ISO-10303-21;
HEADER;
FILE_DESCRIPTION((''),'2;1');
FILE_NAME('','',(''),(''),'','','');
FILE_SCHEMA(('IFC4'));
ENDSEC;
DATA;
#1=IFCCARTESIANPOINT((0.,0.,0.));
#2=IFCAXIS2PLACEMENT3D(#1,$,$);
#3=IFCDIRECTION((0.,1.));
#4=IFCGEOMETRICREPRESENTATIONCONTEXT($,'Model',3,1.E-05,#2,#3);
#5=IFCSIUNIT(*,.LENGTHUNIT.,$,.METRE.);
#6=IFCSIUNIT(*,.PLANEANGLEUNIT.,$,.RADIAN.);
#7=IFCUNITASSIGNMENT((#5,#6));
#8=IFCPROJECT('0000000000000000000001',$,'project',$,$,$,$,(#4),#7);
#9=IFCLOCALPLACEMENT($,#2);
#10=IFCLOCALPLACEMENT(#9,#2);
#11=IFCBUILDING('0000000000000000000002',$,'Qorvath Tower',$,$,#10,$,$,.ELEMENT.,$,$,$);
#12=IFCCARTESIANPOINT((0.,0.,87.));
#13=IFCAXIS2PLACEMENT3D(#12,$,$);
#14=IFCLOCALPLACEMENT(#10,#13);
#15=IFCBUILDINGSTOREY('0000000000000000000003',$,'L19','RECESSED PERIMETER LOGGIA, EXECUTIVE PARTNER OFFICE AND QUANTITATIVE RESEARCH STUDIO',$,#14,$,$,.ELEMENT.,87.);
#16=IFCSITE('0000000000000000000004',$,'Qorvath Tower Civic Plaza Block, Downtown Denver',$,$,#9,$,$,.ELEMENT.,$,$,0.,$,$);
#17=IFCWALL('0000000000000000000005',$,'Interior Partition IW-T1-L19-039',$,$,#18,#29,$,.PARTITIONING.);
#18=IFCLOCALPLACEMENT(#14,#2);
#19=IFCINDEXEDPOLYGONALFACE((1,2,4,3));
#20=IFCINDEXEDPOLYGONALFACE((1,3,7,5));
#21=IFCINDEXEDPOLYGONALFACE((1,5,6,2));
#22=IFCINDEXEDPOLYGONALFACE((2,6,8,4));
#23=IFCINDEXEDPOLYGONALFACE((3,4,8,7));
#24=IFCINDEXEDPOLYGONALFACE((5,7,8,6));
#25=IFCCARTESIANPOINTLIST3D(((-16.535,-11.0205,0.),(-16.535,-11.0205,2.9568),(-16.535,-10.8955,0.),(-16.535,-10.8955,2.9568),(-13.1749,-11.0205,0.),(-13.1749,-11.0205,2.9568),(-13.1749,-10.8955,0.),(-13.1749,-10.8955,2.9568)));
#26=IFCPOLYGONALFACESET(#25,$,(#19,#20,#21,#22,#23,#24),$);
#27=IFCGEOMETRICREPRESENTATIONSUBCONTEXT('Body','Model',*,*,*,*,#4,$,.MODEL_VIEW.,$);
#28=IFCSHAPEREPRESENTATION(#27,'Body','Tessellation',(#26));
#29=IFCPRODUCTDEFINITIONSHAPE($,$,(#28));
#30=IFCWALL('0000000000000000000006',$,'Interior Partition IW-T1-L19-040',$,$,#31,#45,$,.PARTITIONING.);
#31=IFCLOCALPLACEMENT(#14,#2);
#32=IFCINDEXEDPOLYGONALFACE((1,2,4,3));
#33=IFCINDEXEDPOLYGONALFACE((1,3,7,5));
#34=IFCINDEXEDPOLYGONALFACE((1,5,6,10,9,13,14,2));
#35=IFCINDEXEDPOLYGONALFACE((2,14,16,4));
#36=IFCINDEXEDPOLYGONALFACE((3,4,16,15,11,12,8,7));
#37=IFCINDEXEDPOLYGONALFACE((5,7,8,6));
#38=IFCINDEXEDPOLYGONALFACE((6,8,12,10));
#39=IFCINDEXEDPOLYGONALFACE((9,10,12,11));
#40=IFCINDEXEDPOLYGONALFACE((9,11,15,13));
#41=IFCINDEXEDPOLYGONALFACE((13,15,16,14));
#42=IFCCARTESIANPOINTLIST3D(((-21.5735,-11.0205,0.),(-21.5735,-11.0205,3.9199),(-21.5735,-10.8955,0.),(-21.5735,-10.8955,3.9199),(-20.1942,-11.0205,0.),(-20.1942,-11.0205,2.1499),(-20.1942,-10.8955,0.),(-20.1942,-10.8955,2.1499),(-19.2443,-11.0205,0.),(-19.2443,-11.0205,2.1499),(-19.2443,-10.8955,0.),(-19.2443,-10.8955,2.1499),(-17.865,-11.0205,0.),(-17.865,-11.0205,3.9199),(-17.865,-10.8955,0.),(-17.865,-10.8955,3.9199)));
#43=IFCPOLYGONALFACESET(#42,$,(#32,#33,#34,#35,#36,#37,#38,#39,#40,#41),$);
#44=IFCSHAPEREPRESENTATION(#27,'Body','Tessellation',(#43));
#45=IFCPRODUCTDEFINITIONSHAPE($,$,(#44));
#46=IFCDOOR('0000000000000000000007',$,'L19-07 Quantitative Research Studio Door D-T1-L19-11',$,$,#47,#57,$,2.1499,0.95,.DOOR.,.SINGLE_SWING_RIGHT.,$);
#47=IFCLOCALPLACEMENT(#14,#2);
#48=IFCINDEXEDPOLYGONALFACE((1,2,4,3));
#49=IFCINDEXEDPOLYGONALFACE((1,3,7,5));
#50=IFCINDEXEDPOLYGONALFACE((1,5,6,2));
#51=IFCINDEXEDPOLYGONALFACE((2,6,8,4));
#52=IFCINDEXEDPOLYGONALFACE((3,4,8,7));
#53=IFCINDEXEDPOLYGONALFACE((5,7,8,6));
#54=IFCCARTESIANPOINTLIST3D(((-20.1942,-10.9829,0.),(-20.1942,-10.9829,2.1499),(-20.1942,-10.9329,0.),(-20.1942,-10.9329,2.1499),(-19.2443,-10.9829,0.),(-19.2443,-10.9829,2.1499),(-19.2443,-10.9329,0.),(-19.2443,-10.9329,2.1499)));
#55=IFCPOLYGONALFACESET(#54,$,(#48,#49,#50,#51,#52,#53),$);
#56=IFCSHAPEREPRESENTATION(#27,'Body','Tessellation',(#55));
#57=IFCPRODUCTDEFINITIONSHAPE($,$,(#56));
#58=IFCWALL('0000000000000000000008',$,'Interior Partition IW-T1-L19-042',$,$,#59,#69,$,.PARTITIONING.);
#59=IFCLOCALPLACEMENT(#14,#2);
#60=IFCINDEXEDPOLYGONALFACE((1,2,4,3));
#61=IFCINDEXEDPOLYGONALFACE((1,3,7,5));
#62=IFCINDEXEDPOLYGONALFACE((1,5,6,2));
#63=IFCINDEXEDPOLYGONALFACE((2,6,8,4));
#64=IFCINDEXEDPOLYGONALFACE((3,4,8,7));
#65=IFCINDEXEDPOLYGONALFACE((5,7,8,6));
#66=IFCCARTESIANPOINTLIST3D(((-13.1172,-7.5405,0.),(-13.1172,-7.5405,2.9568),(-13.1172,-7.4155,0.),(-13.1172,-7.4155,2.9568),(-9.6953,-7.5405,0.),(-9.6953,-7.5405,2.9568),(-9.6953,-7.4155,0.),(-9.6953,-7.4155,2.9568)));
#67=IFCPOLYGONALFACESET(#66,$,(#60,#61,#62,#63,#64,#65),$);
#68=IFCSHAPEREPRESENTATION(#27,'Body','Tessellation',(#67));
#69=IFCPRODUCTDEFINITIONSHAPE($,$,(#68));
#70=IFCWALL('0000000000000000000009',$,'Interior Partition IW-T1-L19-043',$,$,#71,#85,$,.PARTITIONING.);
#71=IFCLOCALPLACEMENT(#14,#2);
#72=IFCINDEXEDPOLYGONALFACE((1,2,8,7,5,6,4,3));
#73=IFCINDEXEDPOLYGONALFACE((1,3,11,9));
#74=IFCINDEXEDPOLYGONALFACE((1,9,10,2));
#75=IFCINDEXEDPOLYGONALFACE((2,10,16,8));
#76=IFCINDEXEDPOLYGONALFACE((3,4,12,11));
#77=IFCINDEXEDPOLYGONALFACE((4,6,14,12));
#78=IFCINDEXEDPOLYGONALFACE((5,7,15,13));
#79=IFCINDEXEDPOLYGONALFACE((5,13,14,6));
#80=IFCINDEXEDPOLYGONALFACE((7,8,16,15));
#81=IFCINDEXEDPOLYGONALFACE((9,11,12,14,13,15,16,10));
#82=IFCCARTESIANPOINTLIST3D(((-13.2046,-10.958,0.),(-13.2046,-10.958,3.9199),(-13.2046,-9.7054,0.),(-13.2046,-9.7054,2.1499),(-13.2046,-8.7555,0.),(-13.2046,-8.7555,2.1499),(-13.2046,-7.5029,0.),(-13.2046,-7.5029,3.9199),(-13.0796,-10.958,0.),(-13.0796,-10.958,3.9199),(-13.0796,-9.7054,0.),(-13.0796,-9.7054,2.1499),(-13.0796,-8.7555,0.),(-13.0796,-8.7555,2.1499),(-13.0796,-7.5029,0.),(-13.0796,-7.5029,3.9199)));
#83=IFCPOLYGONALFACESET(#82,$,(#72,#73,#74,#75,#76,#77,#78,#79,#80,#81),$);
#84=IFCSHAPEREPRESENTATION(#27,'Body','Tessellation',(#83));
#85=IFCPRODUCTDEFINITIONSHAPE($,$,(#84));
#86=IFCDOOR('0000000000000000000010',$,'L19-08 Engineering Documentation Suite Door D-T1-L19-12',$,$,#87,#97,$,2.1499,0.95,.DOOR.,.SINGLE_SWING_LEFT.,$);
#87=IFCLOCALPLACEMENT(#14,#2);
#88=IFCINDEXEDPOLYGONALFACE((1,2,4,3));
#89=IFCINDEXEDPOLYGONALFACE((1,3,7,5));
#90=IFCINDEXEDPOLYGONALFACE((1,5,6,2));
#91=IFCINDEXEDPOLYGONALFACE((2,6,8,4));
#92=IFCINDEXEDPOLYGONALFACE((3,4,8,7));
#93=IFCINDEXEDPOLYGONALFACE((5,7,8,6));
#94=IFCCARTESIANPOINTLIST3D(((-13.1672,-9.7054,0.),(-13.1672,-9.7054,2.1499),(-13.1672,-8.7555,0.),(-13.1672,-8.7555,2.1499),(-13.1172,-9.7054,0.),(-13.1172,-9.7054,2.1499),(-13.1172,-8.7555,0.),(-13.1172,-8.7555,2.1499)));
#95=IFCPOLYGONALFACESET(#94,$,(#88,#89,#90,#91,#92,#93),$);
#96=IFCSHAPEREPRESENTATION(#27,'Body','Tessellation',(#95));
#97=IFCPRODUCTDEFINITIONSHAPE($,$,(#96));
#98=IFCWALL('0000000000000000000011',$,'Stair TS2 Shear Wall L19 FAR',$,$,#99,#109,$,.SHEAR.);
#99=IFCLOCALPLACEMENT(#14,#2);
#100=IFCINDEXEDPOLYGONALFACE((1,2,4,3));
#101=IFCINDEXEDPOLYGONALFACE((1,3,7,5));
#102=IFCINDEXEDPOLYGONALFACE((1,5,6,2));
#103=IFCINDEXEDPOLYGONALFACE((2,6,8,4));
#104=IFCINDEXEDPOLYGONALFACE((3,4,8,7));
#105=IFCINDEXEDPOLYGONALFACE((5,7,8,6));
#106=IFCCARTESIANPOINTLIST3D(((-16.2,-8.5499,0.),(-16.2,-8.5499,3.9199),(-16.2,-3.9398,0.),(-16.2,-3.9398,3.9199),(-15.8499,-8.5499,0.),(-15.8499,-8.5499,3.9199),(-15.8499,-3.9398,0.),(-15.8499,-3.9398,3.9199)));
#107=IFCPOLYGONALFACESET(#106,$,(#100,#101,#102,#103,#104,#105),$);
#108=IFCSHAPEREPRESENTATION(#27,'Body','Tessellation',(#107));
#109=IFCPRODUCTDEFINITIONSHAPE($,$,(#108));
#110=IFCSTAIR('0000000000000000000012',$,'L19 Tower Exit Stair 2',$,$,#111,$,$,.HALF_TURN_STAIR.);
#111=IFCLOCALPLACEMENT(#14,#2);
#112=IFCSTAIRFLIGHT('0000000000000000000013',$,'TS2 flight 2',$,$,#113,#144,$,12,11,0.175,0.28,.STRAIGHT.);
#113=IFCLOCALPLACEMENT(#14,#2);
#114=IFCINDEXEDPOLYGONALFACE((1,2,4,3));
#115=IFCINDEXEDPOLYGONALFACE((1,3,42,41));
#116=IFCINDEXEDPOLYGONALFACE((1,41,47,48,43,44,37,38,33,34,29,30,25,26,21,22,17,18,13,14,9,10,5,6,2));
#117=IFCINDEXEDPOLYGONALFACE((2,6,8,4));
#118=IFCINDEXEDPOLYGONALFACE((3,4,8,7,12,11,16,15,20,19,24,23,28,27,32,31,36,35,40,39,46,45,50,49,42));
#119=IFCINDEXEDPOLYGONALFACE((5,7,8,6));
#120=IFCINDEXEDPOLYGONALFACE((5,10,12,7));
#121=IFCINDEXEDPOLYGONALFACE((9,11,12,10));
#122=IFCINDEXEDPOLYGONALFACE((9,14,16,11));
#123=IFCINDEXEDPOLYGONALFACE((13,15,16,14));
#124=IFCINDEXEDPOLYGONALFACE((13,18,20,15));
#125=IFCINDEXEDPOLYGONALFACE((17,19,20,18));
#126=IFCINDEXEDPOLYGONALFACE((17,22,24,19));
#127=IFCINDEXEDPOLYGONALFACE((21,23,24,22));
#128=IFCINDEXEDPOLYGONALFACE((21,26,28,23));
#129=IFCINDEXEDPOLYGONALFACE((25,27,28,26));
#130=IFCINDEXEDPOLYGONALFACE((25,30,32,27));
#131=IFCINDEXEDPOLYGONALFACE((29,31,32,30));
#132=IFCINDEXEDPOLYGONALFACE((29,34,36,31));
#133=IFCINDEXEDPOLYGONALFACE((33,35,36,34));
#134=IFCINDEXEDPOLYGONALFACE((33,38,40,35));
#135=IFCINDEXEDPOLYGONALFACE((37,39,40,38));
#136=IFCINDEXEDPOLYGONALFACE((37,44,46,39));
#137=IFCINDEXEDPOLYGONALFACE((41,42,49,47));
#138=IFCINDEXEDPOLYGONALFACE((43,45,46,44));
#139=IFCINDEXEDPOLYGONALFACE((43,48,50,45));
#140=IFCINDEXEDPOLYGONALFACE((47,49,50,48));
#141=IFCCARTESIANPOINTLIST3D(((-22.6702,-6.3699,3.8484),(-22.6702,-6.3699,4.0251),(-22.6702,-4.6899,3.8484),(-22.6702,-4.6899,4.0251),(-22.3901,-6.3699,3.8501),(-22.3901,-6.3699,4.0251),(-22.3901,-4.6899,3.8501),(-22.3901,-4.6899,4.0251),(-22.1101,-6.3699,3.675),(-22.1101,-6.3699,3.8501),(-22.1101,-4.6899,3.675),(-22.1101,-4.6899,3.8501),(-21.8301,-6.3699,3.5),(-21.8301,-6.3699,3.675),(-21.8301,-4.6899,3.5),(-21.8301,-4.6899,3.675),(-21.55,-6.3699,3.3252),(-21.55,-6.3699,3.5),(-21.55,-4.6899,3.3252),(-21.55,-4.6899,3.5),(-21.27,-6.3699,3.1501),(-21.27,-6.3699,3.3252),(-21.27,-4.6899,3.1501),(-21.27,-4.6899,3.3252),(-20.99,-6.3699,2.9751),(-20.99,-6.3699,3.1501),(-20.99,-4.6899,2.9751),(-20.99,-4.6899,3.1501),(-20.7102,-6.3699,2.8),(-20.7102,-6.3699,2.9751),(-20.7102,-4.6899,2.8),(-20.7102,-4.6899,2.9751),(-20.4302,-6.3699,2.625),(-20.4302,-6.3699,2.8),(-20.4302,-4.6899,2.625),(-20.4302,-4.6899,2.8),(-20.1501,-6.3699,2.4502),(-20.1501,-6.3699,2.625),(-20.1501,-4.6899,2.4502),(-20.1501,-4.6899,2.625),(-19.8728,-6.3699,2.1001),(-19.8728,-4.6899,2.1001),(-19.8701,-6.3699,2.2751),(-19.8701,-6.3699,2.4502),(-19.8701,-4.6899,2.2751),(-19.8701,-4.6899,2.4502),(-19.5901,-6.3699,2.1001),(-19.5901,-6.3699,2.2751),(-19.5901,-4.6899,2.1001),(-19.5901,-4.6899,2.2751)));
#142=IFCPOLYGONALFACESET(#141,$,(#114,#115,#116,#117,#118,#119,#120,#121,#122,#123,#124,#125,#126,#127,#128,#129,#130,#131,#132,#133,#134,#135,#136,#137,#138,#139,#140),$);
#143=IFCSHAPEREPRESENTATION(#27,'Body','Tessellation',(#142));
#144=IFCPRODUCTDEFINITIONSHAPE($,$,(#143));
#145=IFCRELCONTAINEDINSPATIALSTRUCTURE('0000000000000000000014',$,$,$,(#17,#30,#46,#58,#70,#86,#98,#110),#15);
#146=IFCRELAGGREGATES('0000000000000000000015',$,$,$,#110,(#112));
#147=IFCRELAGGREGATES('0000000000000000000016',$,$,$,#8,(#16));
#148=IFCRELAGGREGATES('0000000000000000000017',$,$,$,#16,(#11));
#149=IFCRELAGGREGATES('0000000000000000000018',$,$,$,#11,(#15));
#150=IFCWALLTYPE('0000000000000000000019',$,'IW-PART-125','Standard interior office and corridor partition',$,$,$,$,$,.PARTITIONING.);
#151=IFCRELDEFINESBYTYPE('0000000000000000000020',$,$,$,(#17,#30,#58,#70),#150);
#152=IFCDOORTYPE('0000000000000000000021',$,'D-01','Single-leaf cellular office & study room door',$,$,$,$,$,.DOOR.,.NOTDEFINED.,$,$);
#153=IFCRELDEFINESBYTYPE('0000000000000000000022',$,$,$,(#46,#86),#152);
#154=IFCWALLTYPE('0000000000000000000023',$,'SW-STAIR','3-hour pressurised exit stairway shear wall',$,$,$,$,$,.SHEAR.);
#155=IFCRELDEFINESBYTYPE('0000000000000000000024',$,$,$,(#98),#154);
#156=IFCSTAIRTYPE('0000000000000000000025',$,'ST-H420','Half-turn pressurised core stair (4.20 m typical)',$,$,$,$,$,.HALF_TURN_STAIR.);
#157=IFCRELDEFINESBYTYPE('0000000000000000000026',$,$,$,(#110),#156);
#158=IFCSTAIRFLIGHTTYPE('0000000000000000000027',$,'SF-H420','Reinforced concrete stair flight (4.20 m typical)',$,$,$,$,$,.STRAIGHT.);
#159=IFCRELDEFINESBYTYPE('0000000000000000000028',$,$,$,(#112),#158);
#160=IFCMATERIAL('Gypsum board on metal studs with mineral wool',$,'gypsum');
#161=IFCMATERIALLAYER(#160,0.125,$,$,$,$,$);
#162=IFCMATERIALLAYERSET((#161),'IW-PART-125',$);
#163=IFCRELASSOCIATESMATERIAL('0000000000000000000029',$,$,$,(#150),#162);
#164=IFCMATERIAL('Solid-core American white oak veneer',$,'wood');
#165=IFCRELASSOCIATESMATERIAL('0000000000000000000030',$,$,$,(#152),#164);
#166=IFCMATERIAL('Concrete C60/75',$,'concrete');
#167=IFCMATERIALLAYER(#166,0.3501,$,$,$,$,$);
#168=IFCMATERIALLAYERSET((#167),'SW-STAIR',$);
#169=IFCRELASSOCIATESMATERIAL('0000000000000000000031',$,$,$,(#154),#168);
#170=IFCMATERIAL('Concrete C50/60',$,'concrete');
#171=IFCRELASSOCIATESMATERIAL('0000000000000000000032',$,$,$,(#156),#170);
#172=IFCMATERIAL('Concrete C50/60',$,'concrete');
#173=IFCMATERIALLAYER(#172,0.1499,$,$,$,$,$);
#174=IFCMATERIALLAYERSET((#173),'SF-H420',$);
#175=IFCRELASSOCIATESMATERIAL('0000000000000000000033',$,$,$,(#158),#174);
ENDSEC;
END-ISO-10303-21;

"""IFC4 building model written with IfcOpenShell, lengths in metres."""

from ifc_helpers import new_model, si_unit, direction, frame, frame_2d, origin, place, context, subcontext, project, spatial, polyline, rectangle, outline, extrude, material, layer, layer_set, type_object, element, fill, aggregate, save


model = new_model("IFC4")

# Units and contexts
model_context = context("Model", 3, precision=1e-05, world=origin(), true_north=direction((0.0, 1.0)))
body_context = subcontext(model_context, "Body", "Model", "MODEL_VIEW")
ifc_project = project(units=[si_unit("LENGTHUNIT", "METRE"), si_unit("PLANEANGLEUNIT", "RADIAN")], contexts=[model_context])

# Site, building, storey
site_placement = place(None, origin())
site = spatial("IfcSite", under=ifc_project, at=site_placement, Name="Qorvath Tower Civic Plaza Block, Downtown Denver", CompositionType="ELEMENT", RefElevation=0.0)
building_placement = place(site_placement, origin())
building = spatial("IfcBuilding", under=site, at=building_placement, Name="Qorvath Tower", CompositionType="ELEMENT")
storey_placement = place(building_placement, frame((0.0, 0.0, 87.0)))
storey = spatial("IfcBuildingStorey", under=building, at=storey_placement, Name="L19", Description="RECESSED PERIMETER LOGGIA, EXECUTIVE PARTNER OFFICE AND QUANTITATIVE RESEARCH STUDIO", CompositionType="ELEMENT", Elevation=87.0)

# Wall
ifc_material_1 = material(Name="Gypsum board on metal studs with mineral wool", Category="gypsum")
ifc_layer_1 = layer(ifc_material_1, 0.125)
ifc_layer_set_1 = layer_set([ifc_layer_1], Name="IW-PART-125")
wall_type_1 = type_object("IfcWallType", Name="IW-PART-125", Description="Standard interior office and corridor partition", PredefinedType="PARTITIONING", material=ifc_layer_set_1)
wall_1_placement = place(storey_placement, frame((-13.1748, -10.958, 0.0), z_axis=(0.0, 0.0, 1.0), x_axis=(-1.0, 0.0, 0.0)))
element("IfcWall", 1, at=wall_1_placement, inside=storey, type_object=wall_type_1, Name="Interior Partition IW-T1-L19-039", PredefinedType="PARTITIONING", context=body_context, shape_type="SweptSolid", body=[
    extrude(rectangle(XDim=3.3601, YDim=0.125, at=frame_2d((1.6802, 0.0))), origin(), (0.0, 0.0, 1.0), 2.9568),
])

# Wall, opening, door
wall_2_placement = place(storey_placement, frame((-17.865, -10.958, 0.0), z_axis=(0.0, 0.0, 1.0), x_axis=(-1.0, 0.0, 0.0)))
wall_2 = element("IfcWall", 2, at=wall_2_placement, inside=storey, type_object=wall_type_1, Name="Interior Partition IW-T1-L19-040", PredefinedType="PARTITIONING", context=body_context, shape_type="SweptSolid", body=[
    extrude(rectangle(XDim=3.7085, YDim=0.125, at=frame_2d((1.8542, 0.0))), origin(), (0.0, 0.0, 1.0), 3.9199),
])
opening_1_placement = place(wall_2_placement, frame((1.3792, 0.0, 0.0)))
opening_1 = element("IfcOpeningElement", 3, at=opening_1_placement, cuts=wall_2, PredefinedType="OPENING", context=body_context, shape_type="SweptSolid", body=[
    extrude(rectangle(XDim=0.95, YDim=2.1499, at=frame_2d((0.4751, 1.075))), frame((0.0, 0.0725, 0.0), z_axis=(0.0, -1.0, 0.0), x_axis=(1.0, 0.0, 0.0)), (0.0, 0.0, 1.0), 0.145),
])
ifc_material_2 = material(Name="Solid-core American white oak veneer", Category="wood")
door_type = type_object("IfcDoorType", Name="D-01", Description="Single-leaf cellular office & study room door", OperationType="NOTDEFINED", PredefinedType="DOOR", material=ifc_material_2)
door_1_placement = place(opening_1_placement, origin())
door_1 = element("IfcDoor", 4, at=door_1_placement, inside=storey, type_object=door_type, Name="L19-07 Quantitative Research Studio Door D-T1-L19-11", OperationType="SINGLE_SWING_RIGHT", OverallHeight=2.1499, OverallWidth=0.95, PredefinedType="DOOR", context=body_context, shape_type="SweptSolid", body=[
    extrude(rectangle(XDim=0.95, YDim=2.1499, at=frame_2d((0.4751, 1.075))), frame((0.0, 0.0249, 0.0), z_axis=(0.0, -1.0, 0.0), x_axis=(1.0, 0.0, 0.0)), (0.0, 0.0, 1.0), 0.05),
])
fill(opening_1, door_1)

# Wall
wall_3_placement = place(storey_placement, frame((-9.6953, -7.478, 0.0), z_axis=(0.0, 0.0, 1.0), x_axis=(-1.0, 0.0, 0.0)))
element("IfcWall", 5, at=wall_3_placement, inside=storey, type_object=wall_type_1, Name="Interior Partition IW-T1-L19-042", PredefinedType="PARTITIONING", context=body_context, shape_type="SweptSolid", body=[
    extrude(rectangle(XDim=3.4219, YDim=0.125, at=frame_2d((1.7109, 0.0))), origin(), (0.0, 0.0, 1.0), 2.9568),
])

# Wall, opening, door
wall_4_placement = place(storey_placement, frame((-13.1421, -7.5029, 0.0), z_axis=(0.0, 0.0, 1.0), x_axis=(0.0, -1.0, 0.0)))
wall_4 = element("IfcWall", 6, at=wall_4_placement, inside=storey, type_object=wall_type_1, Name="Interior Partition IW-T1-L19-043", PredefinedType="PARTITIONING", context=body_context, shape_type="SweptSolid", body=[
    extrude(rectangle(XDim=3.4551, YDim=0.125, at=frame_2d((1.7275, 0.0))), origin(), (0.0, 0.0, 1.0), 3.9199),
])
opening_2_placement = place(wall_4_placement, frame((1.2524, 0.0, 0.0)))
opening_2 = element("IfcOpeningElement", 7, at=opening_2_placement, cuts=wall_4, PredefinedType="OPENING", context=body_context, shape_type="SweptSolid", body=[
    extrude(rectangle(XDim=0.95, YDim=2.1499, at=frame_2d((0.4751, 1.075))), frame((0.0, 0.0725, 0.0), z_axis=(0.0, -1.0, 0.0), x_axis=(1.0, 0.0, 0.0)), (0.0, 0.0, 1.0), 0.145),
])
door_2_placement = place(opening_2_placement, origin())
door_2 = element("IfcDoor", 8, at=door_2_placement, inside=storey, type_object=door_type, Name="L19-08 Engineering Documentation Suite Door D-T1-L19-12", OperationType="SINGLE_SWING_LEFT", OverallHeight=2.1499, OverallWidth=0.95, PredefinedType="DOOR", context=body_context, shape_type="SweptSolid", body=[
    extrude(rectangle(XDim=0.95, YDim=2.1499, at=frame_2d((0.4751, 1.075))), frame((0.0, 0.0249, 0.0), z_axis=(0.0, -1.0, 0.0), x_axis=(1.0, 0.0, 0.0)), (0.0, 0.0, 1.0), 0.05),
])
fill(opening_2, door_2)

# Wall
ifc_material_3 = material(Name="Concrete C60/75", Category="concrete")
ifc_layer_2 = layer(ifc_material_3, 0.3501)
ifc_layer_set_2 = layer_set([ifc_layer_2], Name="SW-STAIR")
wall_type_2 = type_object("IfcWallType", Name="SW-STAIR", Description="3-hour pressurised exit stairway shear wall", PredefinedType="SHEAR", material=ifc_layer_set_2)
wall_5_placement = place(storey_placement, frame((-16.0249, -8.55, 0.0), z_axis=(0.0, 0.0, 1.0), x_axis=(0.0, 1.0, 0.0)))
element("IfcWall", 9, at=wall_5_placement, inside=storey, type_object=wall_type_2, Name="Stair TS2 Shear Wall L19 FAR", PredefinedType="SHEAR", context=body_context, shape_type="SweptSolid", body=[
    extrude(rectangle(XDim=4.6101, YDim=0.3501, at=frame_2d((2.3052, 0.0))), origin(), (0.0, 0.0, 1.0), 3.9199),
])

# Stair, stair flight
ifc_material_4 = material(Name="Concrete C50/60", Category="concrete")
stair_type = type_object("IfcStairType", Name="ST-H420", Description="Half-turn pressurised core stair (4.20 m typical)", PredefinedType="HALF_TURN_STAIR", material=ifc_material_4)
stair_placement = place(storey_placement, origin())
stair = element("IfcStair", 10, at=stair_placement, inside=storey, type_object=stair_type, Name="L19 Tower Exit Stair 2", PredefinedType="HALF_TURN_STAIR")
ifc_material_5 = material(Name="Concrete C50/60", Category="concrete")
ifc_layer_3 = layer(ifc_material_5, 0.1499)
ifc_layer_set_3 = layer_set([ifc_layer_3], Name="SF-H420")
stair_flight_type = type_object("IfcStairFlightType", Name="SF-H420", Description="Reinforced concrete stair flight (4.20 m typical)", PredefinedType="STRAIGHT", material=ifc_layer_set_3)
stair_flight_placement = place(storey_placement, frame((-19.5901, -5.53, 2.1001), z_axis=(0.0, 0.0, 1.0), x_axis=(-1.0, 0.0, 0.0)))
stair_flight = element("IfcStairFlight", 11, at=stair_flight_placement, type_object=stair_flight_type, Name="TS2 flight 2", NumberOfRisers=12, NumberOfTreads=11, PredefinedType="STRAIGHT", RiserHeight=0.175, TreadLength=0.28, context=body_context, shape_type="SweptSolid", body=[
    extrude(outline(polyline([(0.0, 0.0), (0.0, 0.175), (0.28, 0.175), (0.28, 0.3501), (0.5601, 0.3501), (0.5601, 0.5249), (0.8401, 0.5249), (0.8401, 0.7), (1.1201, 0.7), (1.1201, 0.875), (1.3999, 0.875), (1.3999, 1.05), (1.6799, 1.05), (1.6799, 1.2251), (1.96, 1.2251), (1.96, 1.3999), (2.24, 1.3999), (2.24, 1.575), (2.52, 1.575), (2.52, 1.75), (2.8, 1.75), (2.8, 1.925), (3.0801, 1.925), (3.0801, 2.1001), (3.0801, 1.7483), (0.2827, 0.0), (0.0, 0.0)])), frame((0.0, 0.8398, 0.0), z_axis=(0.0, -1.0, 0.0), x_axis=(1.0, 0.0, 0.0)), (0.0, 0.0, 1.0), 1.6799),
])
aggregate(stair, [stair_flight])

save(model, "model.ifc")
